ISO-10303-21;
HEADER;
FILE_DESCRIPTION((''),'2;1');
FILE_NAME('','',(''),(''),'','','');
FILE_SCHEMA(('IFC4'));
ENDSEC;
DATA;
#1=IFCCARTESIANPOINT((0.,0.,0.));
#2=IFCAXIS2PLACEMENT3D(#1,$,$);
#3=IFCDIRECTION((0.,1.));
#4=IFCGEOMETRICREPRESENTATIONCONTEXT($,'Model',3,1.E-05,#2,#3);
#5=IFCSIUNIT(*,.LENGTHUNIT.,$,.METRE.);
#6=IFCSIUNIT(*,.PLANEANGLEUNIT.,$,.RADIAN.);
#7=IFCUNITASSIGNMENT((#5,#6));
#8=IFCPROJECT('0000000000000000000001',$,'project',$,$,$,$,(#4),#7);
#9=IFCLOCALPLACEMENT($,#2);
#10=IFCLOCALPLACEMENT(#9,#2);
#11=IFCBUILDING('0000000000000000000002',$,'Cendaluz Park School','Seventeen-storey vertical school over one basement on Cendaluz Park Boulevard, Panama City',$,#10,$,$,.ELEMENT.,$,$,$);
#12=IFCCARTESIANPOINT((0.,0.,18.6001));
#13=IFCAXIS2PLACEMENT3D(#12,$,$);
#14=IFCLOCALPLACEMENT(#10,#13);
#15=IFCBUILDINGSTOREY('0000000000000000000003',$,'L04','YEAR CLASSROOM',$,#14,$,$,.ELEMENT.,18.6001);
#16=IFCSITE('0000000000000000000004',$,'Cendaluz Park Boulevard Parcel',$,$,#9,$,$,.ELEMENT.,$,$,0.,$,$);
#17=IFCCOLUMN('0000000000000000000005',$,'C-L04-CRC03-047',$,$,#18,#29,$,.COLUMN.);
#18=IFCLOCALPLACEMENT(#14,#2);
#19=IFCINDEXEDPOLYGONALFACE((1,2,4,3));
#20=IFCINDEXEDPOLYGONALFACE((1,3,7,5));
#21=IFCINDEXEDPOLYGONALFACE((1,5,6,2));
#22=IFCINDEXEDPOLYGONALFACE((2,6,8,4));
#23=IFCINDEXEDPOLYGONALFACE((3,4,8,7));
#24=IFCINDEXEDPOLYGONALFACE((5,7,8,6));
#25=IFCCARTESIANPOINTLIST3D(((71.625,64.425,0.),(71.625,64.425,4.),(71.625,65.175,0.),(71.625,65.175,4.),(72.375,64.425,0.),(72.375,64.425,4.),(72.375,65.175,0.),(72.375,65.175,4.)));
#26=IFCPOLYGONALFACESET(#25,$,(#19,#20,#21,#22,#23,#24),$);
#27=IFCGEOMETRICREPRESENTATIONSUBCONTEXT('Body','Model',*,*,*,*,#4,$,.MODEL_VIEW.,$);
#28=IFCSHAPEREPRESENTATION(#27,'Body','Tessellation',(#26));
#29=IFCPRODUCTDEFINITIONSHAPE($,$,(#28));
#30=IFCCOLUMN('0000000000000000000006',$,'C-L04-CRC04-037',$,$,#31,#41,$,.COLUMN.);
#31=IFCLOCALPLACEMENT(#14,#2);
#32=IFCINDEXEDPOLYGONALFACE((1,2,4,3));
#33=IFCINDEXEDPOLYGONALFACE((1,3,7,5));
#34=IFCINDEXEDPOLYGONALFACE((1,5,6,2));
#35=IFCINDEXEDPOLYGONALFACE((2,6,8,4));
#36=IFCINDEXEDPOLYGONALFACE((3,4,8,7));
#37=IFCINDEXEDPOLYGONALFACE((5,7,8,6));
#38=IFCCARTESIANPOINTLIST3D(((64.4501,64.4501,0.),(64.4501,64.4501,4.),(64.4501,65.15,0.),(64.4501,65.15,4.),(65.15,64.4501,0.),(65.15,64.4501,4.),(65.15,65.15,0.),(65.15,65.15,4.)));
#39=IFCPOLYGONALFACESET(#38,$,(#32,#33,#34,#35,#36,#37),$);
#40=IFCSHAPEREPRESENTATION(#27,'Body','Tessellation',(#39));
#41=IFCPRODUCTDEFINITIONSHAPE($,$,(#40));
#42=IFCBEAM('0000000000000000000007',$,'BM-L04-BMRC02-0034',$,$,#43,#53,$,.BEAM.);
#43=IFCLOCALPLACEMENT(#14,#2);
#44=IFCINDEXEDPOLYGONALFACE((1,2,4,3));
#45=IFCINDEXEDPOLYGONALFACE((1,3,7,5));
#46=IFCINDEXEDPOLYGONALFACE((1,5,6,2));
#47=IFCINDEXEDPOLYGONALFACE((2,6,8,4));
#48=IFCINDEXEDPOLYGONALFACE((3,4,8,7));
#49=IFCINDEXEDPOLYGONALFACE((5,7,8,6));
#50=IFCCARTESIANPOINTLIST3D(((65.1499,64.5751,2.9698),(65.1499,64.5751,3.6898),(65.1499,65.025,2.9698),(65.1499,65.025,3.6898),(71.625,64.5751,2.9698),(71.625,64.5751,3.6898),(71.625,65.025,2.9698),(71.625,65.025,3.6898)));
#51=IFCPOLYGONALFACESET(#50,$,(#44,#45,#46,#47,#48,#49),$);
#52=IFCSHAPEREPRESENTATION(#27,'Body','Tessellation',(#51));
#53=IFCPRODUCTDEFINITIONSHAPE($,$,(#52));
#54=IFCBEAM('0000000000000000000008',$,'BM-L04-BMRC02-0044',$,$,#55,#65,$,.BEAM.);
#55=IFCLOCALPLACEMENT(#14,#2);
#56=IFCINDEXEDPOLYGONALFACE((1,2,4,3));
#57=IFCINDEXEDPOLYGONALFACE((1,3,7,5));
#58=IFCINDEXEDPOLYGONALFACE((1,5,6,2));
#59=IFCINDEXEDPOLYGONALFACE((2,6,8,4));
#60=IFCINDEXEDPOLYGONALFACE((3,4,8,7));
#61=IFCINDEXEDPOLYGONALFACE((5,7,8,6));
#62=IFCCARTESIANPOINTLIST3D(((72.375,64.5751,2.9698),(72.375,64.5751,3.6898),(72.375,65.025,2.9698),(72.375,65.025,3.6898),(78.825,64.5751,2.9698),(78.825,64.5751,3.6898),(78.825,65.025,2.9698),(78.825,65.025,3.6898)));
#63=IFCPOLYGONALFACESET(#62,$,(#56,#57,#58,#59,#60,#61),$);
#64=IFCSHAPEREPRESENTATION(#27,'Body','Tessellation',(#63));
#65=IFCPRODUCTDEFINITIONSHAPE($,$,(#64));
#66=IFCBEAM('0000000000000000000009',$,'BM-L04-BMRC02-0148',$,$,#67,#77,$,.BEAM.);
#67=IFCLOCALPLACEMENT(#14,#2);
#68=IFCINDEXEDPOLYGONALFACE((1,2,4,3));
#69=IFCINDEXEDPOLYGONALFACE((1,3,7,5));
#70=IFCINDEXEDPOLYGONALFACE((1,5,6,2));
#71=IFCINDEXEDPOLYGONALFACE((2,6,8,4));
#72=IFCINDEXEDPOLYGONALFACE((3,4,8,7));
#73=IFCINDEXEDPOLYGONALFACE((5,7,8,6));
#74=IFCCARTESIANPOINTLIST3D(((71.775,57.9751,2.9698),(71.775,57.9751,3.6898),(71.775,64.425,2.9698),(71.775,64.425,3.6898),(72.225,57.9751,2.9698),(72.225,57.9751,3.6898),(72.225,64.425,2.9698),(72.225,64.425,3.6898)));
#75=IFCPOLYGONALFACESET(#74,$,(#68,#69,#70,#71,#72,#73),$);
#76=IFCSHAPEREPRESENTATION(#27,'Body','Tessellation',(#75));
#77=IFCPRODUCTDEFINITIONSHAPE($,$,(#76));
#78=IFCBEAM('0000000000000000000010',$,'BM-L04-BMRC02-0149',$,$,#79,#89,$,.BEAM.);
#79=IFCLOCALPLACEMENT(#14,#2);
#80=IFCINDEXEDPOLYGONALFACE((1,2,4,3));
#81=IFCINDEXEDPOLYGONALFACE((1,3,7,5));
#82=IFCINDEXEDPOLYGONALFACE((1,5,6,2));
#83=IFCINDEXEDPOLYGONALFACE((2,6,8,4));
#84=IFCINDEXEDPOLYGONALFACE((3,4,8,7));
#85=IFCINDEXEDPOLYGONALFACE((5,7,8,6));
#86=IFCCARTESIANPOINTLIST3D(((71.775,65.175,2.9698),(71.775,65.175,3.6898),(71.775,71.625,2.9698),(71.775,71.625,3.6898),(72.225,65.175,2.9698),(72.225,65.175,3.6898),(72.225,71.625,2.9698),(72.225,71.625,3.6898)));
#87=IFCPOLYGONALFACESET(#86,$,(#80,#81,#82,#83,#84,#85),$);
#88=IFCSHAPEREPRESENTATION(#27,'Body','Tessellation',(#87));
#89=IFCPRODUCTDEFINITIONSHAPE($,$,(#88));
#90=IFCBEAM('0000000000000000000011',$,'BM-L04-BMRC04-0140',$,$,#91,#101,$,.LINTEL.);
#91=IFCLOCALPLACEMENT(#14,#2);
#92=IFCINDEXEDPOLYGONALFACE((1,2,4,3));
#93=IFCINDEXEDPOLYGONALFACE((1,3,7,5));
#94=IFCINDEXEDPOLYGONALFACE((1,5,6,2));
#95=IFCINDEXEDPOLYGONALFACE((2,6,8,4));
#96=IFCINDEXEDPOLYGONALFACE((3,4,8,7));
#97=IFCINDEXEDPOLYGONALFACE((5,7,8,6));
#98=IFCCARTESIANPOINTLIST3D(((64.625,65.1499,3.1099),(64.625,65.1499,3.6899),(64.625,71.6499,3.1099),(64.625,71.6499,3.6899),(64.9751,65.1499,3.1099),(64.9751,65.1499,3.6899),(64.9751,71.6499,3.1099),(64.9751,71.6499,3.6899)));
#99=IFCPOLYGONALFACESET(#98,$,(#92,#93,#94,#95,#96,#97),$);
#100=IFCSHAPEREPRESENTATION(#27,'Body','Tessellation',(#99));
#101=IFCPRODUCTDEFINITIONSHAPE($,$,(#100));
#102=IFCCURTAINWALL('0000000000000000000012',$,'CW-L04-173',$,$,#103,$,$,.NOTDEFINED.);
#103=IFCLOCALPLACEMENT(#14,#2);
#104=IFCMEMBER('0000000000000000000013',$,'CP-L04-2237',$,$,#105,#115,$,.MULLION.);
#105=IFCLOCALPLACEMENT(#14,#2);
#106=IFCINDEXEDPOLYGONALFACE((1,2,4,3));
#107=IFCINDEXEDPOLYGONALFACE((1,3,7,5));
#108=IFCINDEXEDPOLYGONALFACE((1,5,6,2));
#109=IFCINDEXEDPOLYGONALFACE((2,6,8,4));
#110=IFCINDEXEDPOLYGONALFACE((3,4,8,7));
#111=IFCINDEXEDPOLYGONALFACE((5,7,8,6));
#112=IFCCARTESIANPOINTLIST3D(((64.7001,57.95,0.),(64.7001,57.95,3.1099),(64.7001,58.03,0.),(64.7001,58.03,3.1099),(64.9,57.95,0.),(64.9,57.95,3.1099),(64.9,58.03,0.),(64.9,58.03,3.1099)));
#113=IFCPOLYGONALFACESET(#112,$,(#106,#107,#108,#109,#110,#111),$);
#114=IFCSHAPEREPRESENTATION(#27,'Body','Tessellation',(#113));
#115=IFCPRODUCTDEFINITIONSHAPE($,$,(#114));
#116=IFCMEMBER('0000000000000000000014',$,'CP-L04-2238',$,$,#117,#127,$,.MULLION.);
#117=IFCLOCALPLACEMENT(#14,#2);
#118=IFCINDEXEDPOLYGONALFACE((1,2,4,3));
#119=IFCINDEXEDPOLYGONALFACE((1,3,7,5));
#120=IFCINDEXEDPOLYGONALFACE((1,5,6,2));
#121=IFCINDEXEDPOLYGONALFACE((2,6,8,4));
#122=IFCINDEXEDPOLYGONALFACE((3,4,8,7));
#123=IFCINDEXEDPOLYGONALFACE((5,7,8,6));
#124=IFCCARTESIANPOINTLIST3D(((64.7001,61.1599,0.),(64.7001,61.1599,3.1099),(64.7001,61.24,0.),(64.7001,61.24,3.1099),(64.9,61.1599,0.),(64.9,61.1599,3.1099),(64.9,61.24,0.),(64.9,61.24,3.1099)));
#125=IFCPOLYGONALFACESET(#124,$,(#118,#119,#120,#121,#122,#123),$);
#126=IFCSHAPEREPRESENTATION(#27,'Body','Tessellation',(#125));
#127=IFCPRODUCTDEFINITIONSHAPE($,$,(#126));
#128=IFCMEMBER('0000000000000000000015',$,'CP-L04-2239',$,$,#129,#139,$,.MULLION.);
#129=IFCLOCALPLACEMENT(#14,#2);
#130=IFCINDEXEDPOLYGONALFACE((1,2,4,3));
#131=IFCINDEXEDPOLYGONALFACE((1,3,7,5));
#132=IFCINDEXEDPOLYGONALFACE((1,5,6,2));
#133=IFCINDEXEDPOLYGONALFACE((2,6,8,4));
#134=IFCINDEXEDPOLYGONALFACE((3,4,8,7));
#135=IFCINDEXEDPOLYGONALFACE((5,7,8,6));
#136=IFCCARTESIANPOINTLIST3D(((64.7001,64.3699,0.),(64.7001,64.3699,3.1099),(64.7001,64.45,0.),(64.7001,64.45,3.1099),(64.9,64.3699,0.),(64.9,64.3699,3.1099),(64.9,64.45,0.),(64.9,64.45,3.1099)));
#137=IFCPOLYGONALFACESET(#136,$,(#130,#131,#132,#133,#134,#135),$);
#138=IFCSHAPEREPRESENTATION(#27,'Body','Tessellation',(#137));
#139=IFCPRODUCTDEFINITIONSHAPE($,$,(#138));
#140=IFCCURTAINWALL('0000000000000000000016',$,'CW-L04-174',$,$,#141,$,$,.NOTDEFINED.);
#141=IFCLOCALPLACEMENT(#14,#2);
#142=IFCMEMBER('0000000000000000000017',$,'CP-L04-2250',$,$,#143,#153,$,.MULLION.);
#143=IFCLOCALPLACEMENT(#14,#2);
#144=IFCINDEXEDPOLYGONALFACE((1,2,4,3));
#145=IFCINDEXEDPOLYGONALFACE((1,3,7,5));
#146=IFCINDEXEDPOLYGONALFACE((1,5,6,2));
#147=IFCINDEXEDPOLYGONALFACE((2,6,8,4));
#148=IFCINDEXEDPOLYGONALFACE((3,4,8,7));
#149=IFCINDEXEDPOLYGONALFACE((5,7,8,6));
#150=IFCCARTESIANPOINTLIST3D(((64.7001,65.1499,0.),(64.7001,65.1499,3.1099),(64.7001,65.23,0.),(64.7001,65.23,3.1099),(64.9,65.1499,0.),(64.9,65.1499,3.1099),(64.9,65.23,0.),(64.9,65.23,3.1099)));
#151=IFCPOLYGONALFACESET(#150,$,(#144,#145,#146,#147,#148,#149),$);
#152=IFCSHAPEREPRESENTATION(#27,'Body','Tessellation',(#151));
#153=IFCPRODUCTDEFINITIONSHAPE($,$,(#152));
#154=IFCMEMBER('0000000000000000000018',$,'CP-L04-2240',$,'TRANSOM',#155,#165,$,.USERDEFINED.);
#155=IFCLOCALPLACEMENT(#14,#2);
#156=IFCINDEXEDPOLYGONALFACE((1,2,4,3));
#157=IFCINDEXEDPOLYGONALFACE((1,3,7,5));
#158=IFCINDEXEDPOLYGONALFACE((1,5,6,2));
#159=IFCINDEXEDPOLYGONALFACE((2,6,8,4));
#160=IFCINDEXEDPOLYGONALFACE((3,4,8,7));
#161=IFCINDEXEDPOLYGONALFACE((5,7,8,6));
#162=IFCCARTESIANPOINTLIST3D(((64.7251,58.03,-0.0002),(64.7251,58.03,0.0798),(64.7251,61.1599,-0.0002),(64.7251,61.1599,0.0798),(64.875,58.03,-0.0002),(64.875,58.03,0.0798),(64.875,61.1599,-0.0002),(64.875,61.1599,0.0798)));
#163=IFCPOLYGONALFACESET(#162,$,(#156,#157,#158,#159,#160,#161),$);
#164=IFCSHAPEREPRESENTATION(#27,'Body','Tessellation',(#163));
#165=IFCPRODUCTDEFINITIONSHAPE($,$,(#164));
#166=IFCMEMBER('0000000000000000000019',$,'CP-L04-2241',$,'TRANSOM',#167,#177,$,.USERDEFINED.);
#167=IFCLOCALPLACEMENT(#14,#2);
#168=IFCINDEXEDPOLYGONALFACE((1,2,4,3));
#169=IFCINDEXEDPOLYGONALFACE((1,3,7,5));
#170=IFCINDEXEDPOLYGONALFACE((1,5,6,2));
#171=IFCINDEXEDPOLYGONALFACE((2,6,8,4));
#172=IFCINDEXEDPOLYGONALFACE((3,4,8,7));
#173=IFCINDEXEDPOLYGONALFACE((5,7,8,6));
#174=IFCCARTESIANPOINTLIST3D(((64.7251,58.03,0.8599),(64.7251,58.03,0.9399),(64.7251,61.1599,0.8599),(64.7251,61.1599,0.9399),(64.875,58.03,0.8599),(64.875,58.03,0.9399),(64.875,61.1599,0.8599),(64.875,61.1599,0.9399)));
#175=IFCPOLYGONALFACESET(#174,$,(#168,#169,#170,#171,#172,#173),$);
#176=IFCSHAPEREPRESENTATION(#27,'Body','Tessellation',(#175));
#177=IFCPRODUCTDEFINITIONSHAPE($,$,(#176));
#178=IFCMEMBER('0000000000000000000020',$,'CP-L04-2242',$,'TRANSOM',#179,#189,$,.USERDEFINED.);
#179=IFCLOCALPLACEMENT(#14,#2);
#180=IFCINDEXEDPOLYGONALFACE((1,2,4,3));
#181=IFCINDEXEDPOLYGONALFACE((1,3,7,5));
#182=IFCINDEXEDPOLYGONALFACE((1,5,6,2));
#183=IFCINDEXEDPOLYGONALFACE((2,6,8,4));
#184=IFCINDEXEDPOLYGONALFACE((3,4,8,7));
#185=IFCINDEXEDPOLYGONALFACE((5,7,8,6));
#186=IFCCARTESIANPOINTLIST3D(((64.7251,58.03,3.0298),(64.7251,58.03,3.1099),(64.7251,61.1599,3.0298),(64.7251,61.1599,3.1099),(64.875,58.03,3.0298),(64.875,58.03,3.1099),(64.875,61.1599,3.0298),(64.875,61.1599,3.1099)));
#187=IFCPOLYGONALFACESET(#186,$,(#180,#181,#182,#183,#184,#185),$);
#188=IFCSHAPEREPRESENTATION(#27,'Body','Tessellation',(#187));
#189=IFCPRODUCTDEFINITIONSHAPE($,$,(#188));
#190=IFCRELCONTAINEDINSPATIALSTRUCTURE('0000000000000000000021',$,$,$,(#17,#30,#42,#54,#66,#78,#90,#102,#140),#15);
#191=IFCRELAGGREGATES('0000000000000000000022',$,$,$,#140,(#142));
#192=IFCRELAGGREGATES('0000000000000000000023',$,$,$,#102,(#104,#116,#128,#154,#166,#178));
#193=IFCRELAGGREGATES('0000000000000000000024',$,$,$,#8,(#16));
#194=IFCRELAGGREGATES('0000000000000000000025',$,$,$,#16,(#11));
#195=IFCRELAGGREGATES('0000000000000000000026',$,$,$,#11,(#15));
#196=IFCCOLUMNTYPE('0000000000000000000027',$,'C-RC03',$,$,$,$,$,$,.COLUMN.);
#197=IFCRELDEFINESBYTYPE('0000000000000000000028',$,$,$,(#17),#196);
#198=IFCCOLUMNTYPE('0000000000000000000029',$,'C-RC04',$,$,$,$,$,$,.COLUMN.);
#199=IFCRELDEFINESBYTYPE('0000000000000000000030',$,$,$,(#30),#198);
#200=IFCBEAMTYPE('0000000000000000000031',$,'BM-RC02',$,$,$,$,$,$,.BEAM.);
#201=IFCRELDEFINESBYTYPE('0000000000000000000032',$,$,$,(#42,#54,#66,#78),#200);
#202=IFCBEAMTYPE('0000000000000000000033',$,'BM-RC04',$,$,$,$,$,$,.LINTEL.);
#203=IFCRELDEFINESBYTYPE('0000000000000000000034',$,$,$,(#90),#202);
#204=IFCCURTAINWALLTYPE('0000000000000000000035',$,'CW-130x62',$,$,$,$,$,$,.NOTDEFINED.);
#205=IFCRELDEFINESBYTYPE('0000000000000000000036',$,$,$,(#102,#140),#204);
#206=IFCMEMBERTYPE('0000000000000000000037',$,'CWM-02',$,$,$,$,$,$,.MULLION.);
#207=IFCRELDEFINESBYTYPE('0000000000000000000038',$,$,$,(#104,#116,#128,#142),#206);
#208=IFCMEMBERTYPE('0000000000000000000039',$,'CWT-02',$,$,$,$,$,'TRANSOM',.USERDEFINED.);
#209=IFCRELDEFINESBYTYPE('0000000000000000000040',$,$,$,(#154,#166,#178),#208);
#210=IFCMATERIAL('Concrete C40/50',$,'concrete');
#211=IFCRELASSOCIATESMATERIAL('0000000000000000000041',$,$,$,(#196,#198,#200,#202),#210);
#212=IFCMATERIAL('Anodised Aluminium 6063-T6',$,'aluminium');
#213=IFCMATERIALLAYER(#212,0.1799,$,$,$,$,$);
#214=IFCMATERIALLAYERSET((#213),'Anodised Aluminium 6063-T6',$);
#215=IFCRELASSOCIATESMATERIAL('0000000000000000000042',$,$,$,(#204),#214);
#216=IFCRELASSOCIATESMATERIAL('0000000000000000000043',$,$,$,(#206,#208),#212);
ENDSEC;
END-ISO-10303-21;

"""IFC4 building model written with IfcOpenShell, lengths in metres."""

from ifc_helpers import new_model, si_unit, direction, frame, origin, origin_2d, place, context, subcontext, project, spatial, rectangle, extrude, material, layer, layer_set, material_profile, profile_set, type_object, element, aggregate, save


model = new_model("IFC4")

# Units and contexts
model_context = context("Model", 3, precision=1e-05, world=origin(), true_north=direction((0.0, 1.0)))
body_context = subcontext(model_context, "Body", "Model", "MODEL_VIEW")
ifc_project = project(units=[si_unit("LENGTHUNIT", "METRE"), si_unit("PLANEANGLEUNIT", "RADIAN")], contexts=[model_context])

# Site, building, storey
site_placement = place(None, origin())
site = spatial("IfcSite", under=ifc_project, at=site_placement, Name="Cendaluz Park Boulevard Parcel", CompositionType="ELEMENT", RefElevation=0.0)
building_placement = place(site_placement, origin())
building = spatial("IfcBuilding", under=site, at=building_placement, Name="Cendaluz Park School", Description="Seventeen-storey vertical school over one basement on Cendaluz Park Boulevard, Panama City", CompositionType="ELEMENT")
storey_placement = place(building_placement, frame((0.0, 0.0, 18.6001)))
storey = spatial("IfcBuildingStorey", under=building, at=storey_placement, Name="L04", Description="YEAR CLASSROOM", CompositionType="ELEMENT", Elevation=18.6001)

# Columns
ifc_material_1 = material(Name="Concrete C40/50", Category="concrete")
ifc_material_profile_1 = material_profile(ifc_material_1, rectangle(XDim=0.75, YDim=0.75, at=origin_2d()), Name="RC 750x750", Category="concrete")
ifc_profile_set_1 = profile_set([ifc_material_profile_1], Name="Concrete C40/50")
column_type_1 = type_object("IfcColumnType", Name="C-RC03", PredefinedType="COLUMN", material=ifc_profile_set_1)
column_1_placement = place(storey_placement, frame((72.0, 64.8, 0.0), z_axis=(0.0, 0.0, 1.0), x_axis=(1.0, 0.0, 0.0)))
element("IfcColumn", 1, at=column_1_placement, inside=storey, type_object=column_type_1, Name="C-L04-CRC03-047", PredefinedType="COLUMN", context=body_context, shape_type="SweptSolid", body=[
    extrude(rectangle(XDim=0.75, YDim=0.75, at=origin_2d()), origin(), (0.0, 0.0, 1.0), 4.0),
])
ifc_material_profile_2 = material_profile(ifc_material_1, rectangle(XDim=0.7, YDim=0.7, at=origin_2d()), Name="RC 700x700", Category="concrete")
ifc_profile_set_2 = profile_set([ifc_material_profile_2], Name="Concrete C40/50")
column_type_2 = type_object("IfcColumnType", Name="C-RC04", PredefinedType="COLUMN", material=ifc_profile_set_2)
column_2_placement = place(storey_placement, frame((64.8, 64.8, 0.0), z_axis=(0.0, 0.0, 1.0), x_axis=(1.0, 0.0, 0.0)))
element("IfcColumn", 2, at=column_2_placement, inside=storey, type_object=column_type_2, Name="C-L04-CRC04-037", PredefinedType="COLUMN", context=body_context, shape_type="SweptSolid", body=[
    extrude(rectangle(XDim=0.7, YDim=0.7, at=origin_2d()), origin(), (0.0, 0.0, 1.0), 4.0),
])

# Beams
ifc_material_profile_3 = material_profile(ifc_material_1, rectangle(XDim=0.45, YDim=0.72, at=origin_2d()), Name="RC 450x720", Category="concrete")
ifc_profile_set_3 = profile_set([ifc_material_profile_3], Name="Concrete C40/50")
beam_type_1 = type_object("IfcBeamType", Name="BM-RC02", PredefinedType="BEAM", material=ifc_profile_set_3)
beam_1_placement = place(storey_placement, frame((65.1499, 64.8, 3.3298), z_axis=(1.0, 0.0, 0.0), x_axis=(0.0, 1.0, 0.0)))
element("IfcBeam", 3, at=beam_1_placement, inside=storey, type_object=beam_type_1, Name="BM-L04-BMRC02-0034", PredefinedType="BEAM", context=body_context, shape_type="SweptSolid", body=[
    extrude(rectangle(XDim=0.45, YDim=0.72, at=origin_2d()), origin(), (0.0, 0.0, 1.0), 6.4751),
])
for number, where, z_axis, x_axis, name in (
    (4, (72.375, 64.8, 3.3298), (1.0, 0.0, 0.0), (0.0, 1.0, 0.0), "BM-L04-BMRC02-0044"),
    (5, (72.0, 57.9751, 3.3298), (0.0, 1.0, 0.0), (-1.0, 0.0, 0.0), "BM-L04-BMRC02-0148"),
    (6, (72.0, 65.175, 3.3298), (0.0, 1.0, 0.0), (-1.0, 0.0, 0.0), "BM-L04-BMRC02-0149"),
):
    element("IfcBeam", number, at=place(storey_placement, frame(where, z_axis=z_axis, x_axis=x_axis)), inside=storey, type_object=beam_type_1, Name=name, PredefinedType="BEAM", context=body_context, shape_type="SweptSolid", body=[
        extrude(rectangle(XDim=0.45, YDim=0.72, at=origin_2d()), origin(), (0.0, 0.0, 1.0), 6.45),
    ])
ifc_material_profile_4 = material_profile(ifc_material_1, rectangle(XDim=0.3501, YDim=0.5801, at=origin_2d()), Name="RC 350x580", Category="concrete")
ifc_profile_set_4 = profile_set([ifc_material_profile_4], Name="Concrete C40/50")
beam_type_2 = type_object("IfcBeamType", Name="BM-RC04", PredefinedType="LINTEL", material=ifc_profile_set_4)
beam_2_placement = place(storey_placement, frame((64.8, 65.1499, 3.3999), z_axis=(0.0, 1.0, 0.0), x_axis=(-1.0, 0.0, 0.0)))
element("IfcBeam", 7, at=beam_2_placement, inside=storey, type_object=beam_type_2, Name="BM-L04-BMRC04-0140", PredefinedType="LINTEL", context=body_context, shape_type="SweptSolid", body=[
    extrude(rectangle(XDim=0.3501, YDim=0.5801, at=origin_2d()), origin(), (0.0, 0.0, 1.0), 6.5),
])

# Curtain wall, members
ifc_material_2 = material(Name="Anodised Aluminium 6063-T6", Category="aluminium")
ifc_layer_1 = layer(ifc_material_2, 0.1799)
ifc_layer_set_1 = layer_set([ifc_layer_1], Name="Anodised Aluminium 6063-T6")
curtain_wall_type = type_object("IfcCurtainWallType", Name="CW-130x62", PredefinedType="NOTDEFINED", material=ifc_layer_set_1)
curtain_wall_1_placement = place(storey_placement, origin())
curtain_wall_1 = element("IfcCurtainWall", 8, at=curtain_wall_1_placement, inside=storey, type_object=curtain_wall_type, Name="CW-L04-173", PredefinedType="NOTDEFINED")
ifc_material_profile_5 = material_profile(ifc_material_2, rectangle(XDim=0.2, YDim=0.0801, at=origin_2d()), Name="CWM 200x80", Category="aluminium")
ifc_profile_set_5 = profile_set([ifc_material_profile_5], Name="Anodised Aluminium 6063-T6")
member_type_1 = type_object("IfcMemberType", Name="CWM-02", PredefinedType="MULLION", material=ifc_profile_set_5)
member_1_placement = place(storey_placement, frame((64.8, 57.99, 0.0), z_axis=(0.0, 0.0, 1.0), x_axis=(-1.0, 0.0, 0.0)))
member_1 = element("IfcMember", 9, at=member_1_placement, type_object=member_type_1, Name="CP-L04-2237", PredefinedType="MULLION", context=body_context, shape_type="SweptSolid", body=[
    extrude(rectangle(XDim=0.2, YDim=0.0801, at=origin_2d()), origin(), (0.0, 0.0, 1.0), 3.1099),
])
member_2_placement = place(storey_placement, frame((64.8, 61.2, 0.0), z_axis=(0.0, 0.0, 1.0), x_axis=(-1.0, 0.0, 0.0)))
member_2 = element("IfcMember", 10, at=member_2_placement, type_object=member_type_1, Name="CP-L04-2238", PredefinedType="MULLION", context=body_context, shape_type="SweptSolid", body=[
    extrude(rectangle(XDim=0.2, YDim=0.0801, at=origin_2d()), origin(), (0.0, 0.0, 1.0), 3.1099),
])
member_3_placement = place(storey_placement, frame((64.8, 64.4099, 0.0), z_axis=(0.0, 0.0, 1.0), x_axis=(-1.0, 0.0, 0.0)))
member_3 = element("IfcMember", 11, at=member_3_placement, type_object=member_type_1, Name="CP-L04-2239", PredefinedType="MULLION", context=body_context, shape_type="SweptSolid", body=[
    extrude(rectangle(XDim=0.2, YDim=0.0801, at=origin_2d()), origin(), (0.0, 0.0, 1.0), 3.1099),
])

# Curtain wall, member
curtain_wall_2_placement = place(storey_placement, origin())
curtain_wall_2 = element("IfcCurtainWall", 12, at=curtain_wall_2_placement, inside=storey, type_object=curtain_wall_type, Name="CW-L04-174", PredefinedType="NOTDEFINED")
member_4_placement = place(storey_placement, frame((64.8, 65.1899, 0.0), z_axis=(0.0, 0.0, 1.0), x_axis=(-1.0, 0.0, 0.0)))
member_4 = element("IfcMember", 13, at=member_4_placement, type_object=member_type_1, Name="CP-L04-2250", PredefinedType="MULLION", context=body_context, shape_type="SweptSolid", body=[
    extrude(rectangle(XDim=0.2, YDim=0.0801, at=origin_2d()), origin(), (0.0, 0.0, 1.0), 3.1099),
])

# Members
ifc_material_profile_6 = material_profile(ifc_material_2, rectangle(XDim=0.1499, YDim=0.0801, at=origin_2d()), Name="CWT 150x80", Category="aluminium")
ifc_profile_set_6 = profile_set([ifc_material_profile_6], Name="Anodised Aluminium 6063-T6")
member_type_2 = type_object("IfcMemberType", Name="CWT-02", ElementType="TRANSOM", PredefinedType="USERDEFINED", material=ifc_profile_set_6)
member_5_placement = place(storey_placement, frame((64.8, 58.03, 0.0398), z_axis=(0.0, 1.0, 0.0), x_axis=(-1.0, 0.0, 0.0)))
member_5 = element("IfcMember", 14, at=member_5_placement, type_object=member_type_2, Name="CP-L04-2240", ObjectType="TRANSOM", PredefinedType="USERDEFINED", context=body_context, shape_type="SweptSolid", body=[
    extrude(rectangle(XDim=0.1499, YDim=0.0801, at=origin_2d()), origin(), (0.0, 0.0, 1.0), 3.1299),
])
member_6_placement = place(storey_placement, frame((64.8, 58.03, 0.8999), z_axis=(0.0, 1.0, 0.0), x_axis=(-1.0, 0.0, 0.0)))
member_6 = element("IfcMember", 15, at=member_6_placement, type_object=member_type_2, Name="CP-L04-2241", ObjectType="TRANSOM", PredefinedType="USERDEFINED", context=body_context, shape_type="SweptSolid", body=[
    extrude(rectangle(XDim=0.1499, YDim=0.0801, at=origin_2d()), origin(), (0.0, 0.0, 1.0), 3.1299),
])
member_7_placement = place(storey_placement, frame((64.8, 58.03, 3.0698), z_axis=(0.0, 1.0, 0.0), x_axis=(-1.0, 0.0, 0.0)))
member_7 = element("IfcMember", 16, at=member_7_placement, type_object=member_type_2, Name="CP-L04-2242", ObjectType="TRANSOM", PredefinedType="USERDEFINED", context=body_context, shape_type="SweptSolid", body=[
    extrude(rectangle(XDim=0.1499, YDim=0.0801, at=origin_2d()), origin(), (0.0, 0.0, 1.0), 3.1299),
])
aggregate(curtain_wall_2, [member_4])

aggregate(curtain_wall_1, [member_1, member_2, member_3, member_5, member_6, member_7])

save(model, "model.ifc")
